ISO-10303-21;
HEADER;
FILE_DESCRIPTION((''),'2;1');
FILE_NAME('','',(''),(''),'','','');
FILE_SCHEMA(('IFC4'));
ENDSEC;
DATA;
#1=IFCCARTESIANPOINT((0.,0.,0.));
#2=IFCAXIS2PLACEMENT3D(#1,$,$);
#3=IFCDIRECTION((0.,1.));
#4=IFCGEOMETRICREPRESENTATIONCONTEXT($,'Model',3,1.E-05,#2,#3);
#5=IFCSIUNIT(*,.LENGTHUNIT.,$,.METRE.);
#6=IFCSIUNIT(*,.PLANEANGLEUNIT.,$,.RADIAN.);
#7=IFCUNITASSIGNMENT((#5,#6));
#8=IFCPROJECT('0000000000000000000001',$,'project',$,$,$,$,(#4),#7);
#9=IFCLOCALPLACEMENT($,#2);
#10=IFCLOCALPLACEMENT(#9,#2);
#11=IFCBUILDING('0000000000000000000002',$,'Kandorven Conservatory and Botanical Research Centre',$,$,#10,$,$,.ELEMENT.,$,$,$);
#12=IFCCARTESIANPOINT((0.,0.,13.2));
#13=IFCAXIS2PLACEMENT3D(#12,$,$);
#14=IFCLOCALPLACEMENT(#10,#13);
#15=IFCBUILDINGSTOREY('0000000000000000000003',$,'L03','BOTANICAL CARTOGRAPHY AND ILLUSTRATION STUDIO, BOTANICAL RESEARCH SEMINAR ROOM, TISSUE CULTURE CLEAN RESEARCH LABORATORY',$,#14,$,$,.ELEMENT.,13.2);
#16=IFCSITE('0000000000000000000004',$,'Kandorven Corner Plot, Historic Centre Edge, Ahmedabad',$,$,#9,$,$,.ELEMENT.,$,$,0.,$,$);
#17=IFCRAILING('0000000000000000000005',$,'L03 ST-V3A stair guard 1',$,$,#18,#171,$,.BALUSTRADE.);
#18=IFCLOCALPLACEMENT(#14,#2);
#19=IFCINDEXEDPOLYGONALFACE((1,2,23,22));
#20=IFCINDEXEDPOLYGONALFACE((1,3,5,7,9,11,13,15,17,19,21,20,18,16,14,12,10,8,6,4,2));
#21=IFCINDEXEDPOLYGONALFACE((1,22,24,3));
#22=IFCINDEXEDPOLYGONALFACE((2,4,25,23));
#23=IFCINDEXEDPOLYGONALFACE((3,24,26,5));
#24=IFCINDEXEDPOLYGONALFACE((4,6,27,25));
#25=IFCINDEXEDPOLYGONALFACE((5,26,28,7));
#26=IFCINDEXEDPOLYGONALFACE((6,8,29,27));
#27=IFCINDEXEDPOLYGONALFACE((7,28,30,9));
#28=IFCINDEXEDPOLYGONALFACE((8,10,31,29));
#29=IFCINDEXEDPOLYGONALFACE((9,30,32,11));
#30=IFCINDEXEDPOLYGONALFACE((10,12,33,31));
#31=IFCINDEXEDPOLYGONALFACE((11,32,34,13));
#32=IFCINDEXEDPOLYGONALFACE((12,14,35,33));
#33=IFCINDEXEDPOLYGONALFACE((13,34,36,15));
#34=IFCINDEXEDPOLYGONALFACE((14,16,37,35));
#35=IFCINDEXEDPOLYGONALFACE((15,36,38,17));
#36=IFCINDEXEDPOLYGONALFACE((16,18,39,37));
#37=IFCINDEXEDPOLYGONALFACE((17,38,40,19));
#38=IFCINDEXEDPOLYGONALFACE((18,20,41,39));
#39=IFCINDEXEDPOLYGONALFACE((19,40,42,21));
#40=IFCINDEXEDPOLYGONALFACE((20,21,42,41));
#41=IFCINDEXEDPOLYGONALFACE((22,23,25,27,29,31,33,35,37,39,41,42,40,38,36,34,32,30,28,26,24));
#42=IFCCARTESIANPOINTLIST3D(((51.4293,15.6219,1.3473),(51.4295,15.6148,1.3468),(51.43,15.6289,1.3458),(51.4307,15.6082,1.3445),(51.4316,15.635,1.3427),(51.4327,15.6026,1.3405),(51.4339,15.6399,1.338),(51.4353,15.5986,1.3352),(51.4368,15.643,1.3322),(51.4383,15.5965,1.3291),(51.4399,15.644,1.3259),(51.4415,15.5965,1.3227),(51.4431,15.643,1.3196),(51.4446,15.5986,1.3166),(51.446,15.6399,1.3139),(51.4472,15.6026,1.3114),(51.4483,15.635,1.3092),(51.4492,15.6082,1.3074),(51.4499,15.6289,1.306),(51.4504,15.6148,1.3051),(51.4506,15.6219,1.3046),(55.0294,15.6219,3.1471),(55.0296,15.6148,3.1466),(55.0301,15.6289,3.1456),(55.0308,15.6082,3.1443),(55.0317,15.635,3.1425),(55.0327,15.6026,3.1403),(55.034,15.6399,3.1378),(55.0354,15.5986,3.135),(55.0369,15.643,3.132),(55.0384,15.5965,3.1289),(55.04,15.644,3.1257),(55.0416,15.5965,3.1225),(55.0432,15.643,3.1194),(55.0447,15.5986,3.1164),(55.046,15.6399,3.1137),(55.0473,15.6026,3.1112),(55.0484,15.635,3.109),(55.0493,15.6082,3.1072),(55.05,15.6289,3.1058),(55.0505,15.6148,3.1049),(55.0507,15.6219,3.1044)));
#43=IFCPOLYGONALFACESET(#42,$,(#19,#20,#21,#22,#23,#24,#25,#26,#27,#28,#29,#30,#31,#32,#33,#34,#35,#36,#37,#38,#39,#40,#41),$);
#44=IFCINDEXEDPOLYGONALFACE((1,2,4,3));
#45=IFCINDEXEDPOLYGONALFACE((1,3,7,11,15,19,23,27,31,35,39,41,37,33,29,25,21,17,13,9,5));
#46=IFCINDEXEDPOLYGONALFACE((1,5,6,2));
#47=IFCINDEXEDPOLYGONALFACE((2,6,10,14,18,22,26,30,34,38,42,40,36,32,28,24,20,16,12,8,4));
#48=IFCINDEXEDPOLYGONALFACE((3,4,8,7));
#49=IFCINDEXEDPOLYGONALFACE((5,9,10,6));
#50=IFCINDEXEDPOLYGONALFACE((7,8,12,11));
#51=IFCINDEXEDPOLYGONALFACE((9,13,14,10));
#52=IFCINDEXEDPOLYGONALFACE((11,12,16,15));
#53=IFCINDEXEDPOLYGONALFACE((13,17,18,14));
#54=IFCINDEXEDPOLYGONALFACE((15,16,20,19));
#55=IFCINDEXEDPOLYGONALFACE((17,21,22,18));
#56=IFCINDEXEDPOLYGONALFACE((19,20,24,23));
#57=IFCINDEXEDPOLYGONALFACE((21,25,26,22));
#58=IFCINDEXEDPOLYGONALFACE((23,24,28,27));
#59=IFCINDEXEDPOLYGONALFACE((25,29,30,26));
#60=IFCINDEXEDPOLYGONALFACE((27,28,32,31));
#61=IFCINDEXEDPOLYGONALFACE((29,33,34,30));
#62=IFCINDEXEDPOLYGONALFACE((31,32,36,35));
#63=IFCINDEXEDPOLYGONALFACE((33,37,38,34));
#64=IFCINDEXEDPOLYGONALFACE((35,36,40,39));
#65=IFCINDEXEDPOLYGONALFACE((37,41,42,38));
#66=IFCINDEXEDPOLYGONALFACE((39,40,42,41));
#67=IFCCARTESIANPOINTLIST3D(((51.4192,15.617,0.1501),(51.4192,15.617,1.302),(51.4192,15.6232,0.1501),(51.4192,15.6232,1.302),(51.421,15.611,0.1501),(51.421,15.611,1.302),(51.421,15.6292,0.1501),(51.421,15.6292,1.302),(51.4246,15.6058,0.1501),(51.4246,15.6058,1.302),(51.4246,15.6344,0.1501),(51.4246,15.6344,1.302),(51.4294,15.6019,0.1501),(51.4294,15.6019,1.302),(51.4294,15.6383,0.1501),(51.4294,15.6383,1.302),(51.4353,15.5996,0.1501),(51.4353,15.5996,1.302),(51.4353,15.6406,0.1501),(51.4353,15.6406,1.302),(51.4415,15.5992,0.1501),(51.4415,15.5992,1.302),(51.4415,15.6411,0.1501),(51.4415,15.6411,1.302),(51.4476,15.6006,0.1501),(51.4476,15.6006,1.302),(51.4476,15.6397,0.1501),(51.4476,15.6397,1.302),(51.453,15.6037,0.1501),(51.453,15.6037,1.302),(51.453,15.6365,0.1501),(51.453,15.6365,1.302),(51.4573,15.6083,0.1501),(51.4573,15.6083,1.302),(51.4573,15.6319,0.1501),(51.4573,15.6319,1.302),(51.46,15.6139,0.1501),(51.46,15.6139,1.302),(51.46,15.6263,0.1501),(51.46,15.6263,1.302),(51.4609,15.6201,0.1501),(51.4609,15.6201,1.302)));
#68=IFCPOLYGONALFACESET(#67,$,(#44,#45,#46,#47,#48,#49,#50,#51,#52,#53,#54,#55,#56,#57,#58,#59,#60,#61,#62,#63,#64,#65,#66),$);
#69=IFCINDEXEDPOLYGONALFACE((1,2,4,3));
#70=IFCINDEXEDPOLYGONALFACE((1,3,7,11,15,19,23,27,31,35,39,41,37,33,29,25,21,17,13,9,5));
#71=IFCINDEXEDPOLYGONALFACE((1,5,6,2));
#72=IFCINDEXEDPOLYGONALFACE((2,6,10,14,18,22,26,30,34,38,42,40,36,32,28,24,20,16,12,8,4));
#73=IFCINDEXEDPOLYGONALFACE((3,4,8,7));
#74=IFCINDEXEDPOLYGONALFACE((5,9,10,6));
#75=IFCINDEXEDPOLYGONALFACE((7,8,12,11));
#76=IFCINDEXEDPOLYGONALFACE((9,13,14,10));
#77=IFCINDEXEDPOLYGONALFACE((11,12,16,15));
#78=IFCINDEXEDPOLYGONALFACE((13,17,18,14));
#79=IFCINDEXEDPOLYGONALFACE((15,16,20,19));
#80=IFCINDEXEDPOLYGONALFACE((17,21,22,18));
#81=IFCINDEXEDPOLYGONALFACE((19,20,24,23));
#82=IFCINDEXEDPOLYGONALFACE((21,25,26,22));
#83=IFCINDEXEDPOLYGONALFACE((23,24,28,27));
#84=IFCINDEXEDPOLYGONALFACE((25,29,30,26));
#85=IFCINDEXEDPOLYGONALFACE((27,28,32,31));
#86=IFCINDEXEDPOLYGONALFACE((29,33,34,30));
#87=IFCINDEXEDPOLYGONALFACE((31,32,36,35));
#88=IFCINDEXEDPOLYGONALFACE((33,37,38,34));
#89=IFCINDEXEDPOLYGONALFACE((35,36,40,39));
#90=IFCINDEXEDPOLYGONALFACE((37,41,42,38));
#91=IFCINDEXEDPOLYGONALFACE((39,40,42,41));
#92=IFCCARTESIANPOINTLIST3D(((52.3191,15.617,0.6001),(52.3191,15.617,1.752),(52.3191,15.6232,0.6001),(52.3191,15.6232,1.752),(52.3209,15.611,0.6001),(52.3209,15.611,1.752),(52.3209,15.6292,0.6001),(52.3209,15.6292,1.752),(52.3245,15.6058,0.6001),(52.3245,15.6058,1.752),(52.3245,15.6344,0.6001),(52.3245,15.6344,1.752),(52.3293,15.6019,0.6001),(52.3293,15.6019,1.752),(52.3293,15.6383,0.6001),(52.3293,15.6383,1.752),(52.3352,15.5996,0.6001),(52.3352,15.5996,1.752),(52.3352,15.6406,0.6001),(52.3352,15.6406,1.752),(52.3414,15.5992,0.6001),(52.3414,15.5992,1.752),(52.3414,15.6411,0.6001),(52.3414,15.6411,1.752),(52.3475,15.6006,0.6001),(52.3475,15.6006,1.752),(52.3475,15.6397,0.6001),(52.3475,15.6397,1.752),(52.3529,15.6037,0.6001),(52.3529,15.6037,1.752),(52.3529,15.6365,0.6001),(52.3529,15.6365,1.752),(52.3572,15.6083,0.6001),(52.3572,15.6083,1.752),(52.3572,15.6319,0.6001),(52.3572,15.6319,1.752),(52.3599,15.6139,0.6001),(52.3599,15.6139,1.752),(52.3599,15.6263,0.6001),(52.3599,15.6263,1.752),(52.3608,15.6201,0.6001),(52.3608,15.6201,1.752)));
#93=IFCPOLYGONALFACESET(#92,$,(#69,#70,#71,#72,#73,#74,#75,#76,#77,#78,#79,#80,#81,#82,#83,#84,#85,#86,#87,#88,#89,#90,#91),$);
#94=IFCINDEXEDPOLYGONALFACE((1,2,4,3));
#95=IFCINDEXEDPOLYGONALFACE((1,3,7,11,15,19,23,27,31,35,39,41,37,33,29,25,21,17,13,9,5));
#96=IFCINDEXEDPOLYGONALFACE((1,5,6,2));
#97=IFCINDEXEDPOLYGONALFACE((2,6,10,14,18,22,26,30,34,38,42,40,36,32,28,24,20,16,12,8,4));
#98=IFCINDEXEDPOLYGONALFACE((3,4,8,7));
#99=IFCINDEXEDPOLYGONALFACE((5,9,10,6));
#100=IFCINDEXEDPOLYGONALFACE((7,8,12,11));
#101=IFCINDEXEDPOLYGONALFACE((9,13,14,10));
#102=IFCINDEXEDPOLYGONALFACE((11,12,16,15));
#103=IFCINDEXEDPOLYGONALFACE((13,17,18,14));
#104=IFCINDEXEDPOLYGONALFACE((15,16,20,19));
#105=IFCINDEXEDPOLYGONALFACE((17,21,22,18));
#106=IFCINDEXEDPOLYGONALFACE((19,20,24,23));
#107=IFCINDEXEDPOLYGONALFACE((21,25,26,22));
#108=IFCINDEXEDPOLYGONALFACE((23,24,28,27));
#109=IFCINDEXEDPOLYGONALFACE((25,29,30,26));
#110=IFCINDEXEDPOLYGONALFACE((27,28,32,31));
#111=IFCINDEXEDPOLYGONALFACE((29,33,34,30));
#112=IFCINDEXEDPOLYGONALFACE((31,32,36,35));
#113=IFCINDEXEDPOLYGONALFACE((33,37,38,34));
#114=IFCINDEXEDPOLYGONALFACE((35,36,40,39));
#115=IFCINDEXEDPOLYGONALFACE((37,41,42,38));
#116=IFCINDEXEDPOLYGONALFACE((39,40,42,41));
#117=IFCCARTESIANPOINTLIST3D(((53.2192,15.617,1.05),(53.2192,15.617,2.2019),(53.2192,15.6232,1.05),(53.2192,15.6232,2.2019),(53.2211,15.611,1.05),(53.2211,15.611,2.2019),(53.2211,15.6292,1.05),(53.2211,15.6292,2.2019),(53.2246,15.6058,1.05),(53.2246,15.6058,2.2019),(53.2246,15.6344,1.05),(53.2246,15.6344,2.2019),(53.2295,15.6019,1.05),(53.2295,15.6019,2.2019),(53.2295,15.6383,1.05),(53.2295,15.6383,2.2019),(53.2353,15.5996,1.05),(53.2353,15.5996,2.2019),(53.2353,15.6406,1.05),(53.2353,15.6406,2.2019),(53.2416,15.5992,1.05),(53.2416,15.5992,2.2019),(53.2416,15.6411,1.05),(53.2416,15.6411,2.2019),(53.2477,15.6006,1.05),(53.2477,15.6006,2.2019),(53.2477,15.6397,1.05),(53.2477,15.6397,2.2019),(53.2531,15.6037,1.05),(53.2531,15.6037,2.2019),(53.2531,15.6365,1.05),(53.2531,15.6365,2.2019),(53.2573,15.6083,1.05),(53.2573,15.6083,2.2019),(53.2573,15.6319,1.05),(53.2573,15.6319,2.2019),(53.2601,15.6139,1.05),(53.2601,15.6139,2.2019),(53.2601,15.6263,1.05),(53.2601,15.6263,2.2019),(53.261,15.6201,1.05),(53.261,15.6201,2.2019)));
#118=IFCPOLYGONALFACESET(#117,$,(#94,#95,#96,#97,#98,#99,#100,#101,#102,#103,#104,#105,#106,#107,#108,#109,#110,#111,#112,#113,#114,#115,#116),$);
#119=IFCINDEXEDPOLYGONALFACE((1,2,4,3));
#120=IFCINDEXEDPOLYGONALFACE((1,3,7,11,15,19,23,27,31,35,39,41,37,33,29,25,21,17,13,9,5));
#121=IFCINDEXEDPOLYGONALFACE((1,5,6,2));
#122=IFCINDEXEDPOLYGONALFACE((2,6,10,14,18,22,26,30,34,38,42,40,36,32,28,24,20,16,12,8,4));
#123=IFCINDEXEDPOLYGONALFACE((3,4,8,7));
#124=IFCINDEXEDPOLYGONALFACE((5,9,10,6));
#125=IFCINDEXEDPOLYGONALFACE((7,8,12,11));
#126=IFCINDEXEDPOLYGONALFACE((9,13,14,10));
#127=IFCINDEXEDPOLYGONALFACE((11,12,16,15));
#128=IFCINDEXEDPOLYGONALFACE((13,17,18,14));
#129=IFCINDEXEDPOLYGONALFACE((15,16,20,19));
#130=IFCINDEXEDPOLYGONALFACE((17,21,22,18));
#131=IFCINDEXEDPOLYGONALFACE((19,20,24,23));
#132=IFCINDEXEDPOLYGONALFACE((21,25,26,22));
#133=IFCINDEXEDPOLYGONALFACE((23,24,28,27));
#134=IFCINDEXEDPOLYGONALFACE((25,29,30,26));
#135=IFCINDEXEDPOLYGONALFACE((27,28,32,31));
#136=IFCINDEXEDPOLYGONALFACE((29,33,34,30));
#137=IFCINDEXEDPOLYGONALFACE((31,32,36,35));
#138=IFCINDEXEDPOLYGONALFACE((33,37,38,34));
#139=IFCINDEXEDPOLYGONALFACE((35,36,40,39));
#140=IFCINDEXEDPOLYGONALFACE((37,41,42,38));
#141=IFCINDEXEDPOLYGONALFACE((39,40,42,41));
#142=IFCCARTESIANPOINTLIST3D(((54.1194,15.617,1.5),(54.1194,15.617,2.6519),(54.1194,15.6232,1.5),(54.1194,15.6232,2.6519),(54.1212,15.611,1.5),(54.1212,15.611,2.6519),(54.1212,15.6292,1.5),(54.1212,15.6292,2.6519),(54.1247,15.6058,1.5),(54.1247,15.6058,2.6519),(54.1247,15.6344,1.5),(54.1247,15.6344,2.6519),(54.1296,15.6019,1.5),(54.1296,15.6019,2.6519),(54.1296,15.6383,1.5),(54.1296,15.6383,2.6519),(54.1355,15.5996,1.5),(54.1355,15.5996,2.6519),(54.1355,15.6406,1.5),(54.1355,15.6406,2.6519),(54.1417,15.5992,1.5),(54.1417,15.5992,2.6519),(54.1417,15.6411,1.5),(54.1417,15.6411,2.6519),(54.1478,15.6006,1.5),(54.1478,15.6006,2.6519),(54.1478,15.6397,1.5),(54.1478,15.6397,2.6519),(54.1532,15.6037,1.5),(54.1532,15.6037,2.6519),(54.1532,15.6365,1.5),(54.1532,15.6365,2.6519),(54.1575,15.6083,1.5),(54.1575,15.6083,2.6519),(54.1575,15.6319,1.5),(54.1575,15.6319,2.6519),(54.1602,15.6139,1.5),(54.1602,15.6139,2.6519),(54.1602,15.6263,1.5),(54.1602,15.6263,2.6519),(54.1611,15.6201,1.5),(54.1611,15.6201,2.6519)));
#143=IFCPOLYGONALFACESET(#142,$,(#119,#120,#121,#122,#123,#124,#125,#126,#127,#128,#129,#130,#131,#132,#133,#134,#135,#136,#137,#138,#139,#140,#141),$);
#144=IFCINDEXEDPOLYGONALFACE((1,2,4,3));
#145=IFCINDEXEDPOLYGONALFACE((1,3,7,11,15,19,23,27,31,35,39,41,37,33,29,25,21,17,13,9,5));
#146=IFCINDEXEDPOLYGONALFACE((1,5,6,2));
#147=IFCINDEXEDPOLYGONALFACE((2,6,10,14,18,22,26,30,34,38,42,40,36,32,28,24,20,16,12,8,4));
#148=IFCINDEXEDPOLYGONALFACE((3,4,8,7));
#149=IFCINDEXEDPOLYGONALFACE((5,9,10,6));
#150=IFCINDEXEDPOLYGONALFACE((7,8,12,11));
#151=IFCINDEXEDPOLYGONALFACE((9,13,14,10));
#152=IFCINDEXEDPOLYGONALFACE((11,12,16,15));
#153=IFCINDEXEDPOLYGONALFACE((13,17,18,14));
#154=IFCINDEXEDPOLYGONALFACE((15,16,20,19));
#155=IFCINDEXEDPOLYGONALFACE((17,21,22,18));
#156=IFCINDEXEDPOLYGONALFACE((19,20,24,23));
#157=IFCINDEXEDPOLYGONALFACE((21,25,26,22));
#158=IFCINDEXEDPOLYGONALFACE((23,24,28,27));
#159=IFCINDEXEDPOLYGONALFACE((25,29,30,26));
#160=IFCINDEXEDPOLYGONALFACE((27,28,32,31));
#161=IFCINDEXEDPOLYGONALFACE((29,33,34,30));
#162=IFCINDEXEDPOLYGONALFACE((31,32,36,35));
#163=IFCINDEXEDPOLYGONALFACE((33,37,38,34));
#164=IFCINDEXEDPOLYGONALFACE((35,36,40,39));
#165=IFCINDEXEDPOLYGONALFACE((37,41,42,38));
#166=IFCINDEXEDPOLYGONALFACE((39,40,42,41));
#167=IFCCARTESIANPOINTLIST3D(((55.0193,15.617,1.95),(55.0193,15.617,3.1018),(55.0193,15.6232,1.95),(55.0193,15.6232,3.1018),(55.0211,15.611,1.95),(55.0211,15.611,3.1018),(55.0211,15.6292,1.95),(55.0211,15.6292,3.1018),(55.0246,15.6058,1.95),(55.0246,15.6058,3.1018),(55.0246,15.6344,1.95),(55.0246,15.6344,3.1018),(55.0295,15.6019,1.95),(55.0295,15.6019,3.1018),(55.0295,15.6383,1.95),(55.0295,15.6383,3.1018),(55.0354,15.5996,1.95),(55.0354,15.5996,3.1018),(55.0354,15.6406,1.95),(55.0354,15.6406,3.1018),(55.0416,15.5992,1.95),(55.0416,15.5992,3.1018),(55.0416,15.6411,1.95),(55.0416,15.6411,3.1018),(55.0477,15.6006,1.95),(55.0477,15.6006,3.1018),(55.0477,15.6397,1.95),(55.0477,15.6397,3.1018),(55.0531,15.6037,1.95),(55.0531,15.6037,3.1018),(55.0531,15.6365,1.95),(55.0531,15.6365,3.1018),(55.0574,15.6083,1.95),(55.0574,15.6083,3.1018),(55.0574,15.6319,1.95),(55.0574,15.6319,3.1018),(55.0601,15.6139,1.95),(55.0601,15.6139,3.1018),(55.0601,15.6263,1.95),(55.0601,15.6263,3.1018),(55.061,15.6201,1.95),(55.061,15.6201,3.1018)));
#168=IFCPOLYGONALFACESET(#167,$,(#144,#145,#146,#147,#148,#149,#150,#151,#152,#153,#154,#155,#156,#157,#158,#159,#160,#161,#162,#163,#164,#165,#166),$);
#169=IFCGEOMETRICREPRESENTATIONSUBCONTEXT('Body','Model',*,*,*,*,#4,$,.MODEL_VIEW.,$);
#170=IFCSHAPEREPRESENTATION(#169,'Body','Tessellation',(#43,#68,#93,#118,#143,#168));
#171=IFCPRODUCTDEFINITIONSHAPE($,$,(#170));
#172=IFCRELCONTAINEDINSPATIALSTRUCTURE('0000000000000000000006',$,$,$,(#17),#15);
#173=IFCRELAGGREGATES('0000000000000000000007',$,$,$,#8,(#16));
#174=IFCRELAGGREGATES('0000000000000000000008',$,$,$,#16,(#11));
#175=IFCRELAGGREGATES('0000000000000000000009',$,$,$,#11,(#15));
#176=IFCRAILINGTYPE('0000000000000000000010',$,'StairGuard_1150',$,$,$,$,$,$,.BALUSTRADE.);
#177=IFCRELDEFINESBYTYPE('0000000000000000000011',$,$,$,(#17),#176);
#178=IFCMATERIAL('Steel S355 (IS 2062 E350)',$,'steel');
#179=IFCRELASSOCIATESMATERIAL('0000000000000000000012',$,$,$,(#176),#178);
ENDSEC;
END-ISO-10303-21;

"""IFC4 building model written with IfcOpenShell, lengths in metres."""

from ifc_helpers import new_model, si_unit, direction, frame, origin, origin_2d, place, context, subcontext, project, spatial, circle, extrude, material, type_object, element, save


model = new_model("IFC4")

# Units and contexts
model_context = context("Model", 3, precision=1e-05, world=origin(), true_north=direction((0.0, 1.0)))
body_context = subcontext(model_context, "Body", "Model", "MODEL_VIEW")
ifc_project = project(units=[si_unit("LENGTHUNIT", "METRE"), si_unit("PLANEANGLEUNIT", "RADIAN")], contexts=[model_context])

# Site, building, storey
site_placement = place(None, origin())
site = spatial("IfcSite", under=ifc_project, at=site_placement, Name="Kandorven Corner Plot, Historic Centre Edge, Ahmedabad", CompositionType="ELEMENT", RefElevation=0.0)
building_placement = place(site_placement, origin())
building = spatial("IfcBuilding", under=site, at=building_placement, Name="Kandorven Conservatory and Botanical Research Centre", CompositionType="ELEMENT")
storey_placement = place(building_placement, frame((0.0, 0.0, 13.2)))
storey = spatial("IfcBuildingStorey", under=building, at=storey_placement, Name="L03", Description="BOTANICAL CARTOGRAPHY AND ILLUSTRATION STUDIO, BOTANICAL RESEARCH SEMINAR ROOM, TISSUE CULTURE CLEAN RESEARCH LABORATORY", CompositionType="ELEMENT", Elevation=13.2)

# Railing
ifc_material_1 = material(Name="Steel S355 (IS 2062 E350)", Category="steel")
railing_type_1 = type_object("IfcRailingType", Name="StairGuard_1150", PredefinedType="BALUSTRADE", material=ifc_material_1)
railing_1_placement = place(storey_placement, frame((51.4399, 15.6201, 0.1501)))
element("IfcRailing", 1, at=railing_1_placement, inside=storey, type_object=railing_type_1, Name="L03 ST-V3A stair guard 1", PredefinedType="BALUSTRADE", context=body_context, shape_type="SweptSolid", body=[
    extrude(circle(Radius=0.0239, at=origin_2d()), frame((0.0, 0.0, 1.1758), z_axis=(0.894451, 0.0, 0.447165), x_axis=(0.0, 1.0, 0.0)), (0.0, 0.0, 1.0), 4.0249),
    extrude(circle(Radius=0.021, at=origin_2d()), origin(), (0.0, 0.0, 1.0), 1.1519),
    extrude(circle(Radius=0.021, at=origin_2d()), frame((0.8999, 0.0, 0.45)), (0.0, 0.0, 1.0), 1.1519),
    extrude(circle(Radius=0.021, at=origin_2d()), frame((1.8, 0.0, 0.8999)), (0.0, 0.0, 1.0), 1.1519),
    extrude(circle(Radius=0.021, at=origin_2d()), frame((2.7002, 0.0, 1.3499)), (0.0, 0.0, 1.0), 1.1519),
    extrude(circle(Radius=0.021, at=origin_2d()), frame((3.6001, 0.0, 1.7998)), (0.0, 0.0, 1.0), 1.1519),
])

save(model, "model.ifc")
